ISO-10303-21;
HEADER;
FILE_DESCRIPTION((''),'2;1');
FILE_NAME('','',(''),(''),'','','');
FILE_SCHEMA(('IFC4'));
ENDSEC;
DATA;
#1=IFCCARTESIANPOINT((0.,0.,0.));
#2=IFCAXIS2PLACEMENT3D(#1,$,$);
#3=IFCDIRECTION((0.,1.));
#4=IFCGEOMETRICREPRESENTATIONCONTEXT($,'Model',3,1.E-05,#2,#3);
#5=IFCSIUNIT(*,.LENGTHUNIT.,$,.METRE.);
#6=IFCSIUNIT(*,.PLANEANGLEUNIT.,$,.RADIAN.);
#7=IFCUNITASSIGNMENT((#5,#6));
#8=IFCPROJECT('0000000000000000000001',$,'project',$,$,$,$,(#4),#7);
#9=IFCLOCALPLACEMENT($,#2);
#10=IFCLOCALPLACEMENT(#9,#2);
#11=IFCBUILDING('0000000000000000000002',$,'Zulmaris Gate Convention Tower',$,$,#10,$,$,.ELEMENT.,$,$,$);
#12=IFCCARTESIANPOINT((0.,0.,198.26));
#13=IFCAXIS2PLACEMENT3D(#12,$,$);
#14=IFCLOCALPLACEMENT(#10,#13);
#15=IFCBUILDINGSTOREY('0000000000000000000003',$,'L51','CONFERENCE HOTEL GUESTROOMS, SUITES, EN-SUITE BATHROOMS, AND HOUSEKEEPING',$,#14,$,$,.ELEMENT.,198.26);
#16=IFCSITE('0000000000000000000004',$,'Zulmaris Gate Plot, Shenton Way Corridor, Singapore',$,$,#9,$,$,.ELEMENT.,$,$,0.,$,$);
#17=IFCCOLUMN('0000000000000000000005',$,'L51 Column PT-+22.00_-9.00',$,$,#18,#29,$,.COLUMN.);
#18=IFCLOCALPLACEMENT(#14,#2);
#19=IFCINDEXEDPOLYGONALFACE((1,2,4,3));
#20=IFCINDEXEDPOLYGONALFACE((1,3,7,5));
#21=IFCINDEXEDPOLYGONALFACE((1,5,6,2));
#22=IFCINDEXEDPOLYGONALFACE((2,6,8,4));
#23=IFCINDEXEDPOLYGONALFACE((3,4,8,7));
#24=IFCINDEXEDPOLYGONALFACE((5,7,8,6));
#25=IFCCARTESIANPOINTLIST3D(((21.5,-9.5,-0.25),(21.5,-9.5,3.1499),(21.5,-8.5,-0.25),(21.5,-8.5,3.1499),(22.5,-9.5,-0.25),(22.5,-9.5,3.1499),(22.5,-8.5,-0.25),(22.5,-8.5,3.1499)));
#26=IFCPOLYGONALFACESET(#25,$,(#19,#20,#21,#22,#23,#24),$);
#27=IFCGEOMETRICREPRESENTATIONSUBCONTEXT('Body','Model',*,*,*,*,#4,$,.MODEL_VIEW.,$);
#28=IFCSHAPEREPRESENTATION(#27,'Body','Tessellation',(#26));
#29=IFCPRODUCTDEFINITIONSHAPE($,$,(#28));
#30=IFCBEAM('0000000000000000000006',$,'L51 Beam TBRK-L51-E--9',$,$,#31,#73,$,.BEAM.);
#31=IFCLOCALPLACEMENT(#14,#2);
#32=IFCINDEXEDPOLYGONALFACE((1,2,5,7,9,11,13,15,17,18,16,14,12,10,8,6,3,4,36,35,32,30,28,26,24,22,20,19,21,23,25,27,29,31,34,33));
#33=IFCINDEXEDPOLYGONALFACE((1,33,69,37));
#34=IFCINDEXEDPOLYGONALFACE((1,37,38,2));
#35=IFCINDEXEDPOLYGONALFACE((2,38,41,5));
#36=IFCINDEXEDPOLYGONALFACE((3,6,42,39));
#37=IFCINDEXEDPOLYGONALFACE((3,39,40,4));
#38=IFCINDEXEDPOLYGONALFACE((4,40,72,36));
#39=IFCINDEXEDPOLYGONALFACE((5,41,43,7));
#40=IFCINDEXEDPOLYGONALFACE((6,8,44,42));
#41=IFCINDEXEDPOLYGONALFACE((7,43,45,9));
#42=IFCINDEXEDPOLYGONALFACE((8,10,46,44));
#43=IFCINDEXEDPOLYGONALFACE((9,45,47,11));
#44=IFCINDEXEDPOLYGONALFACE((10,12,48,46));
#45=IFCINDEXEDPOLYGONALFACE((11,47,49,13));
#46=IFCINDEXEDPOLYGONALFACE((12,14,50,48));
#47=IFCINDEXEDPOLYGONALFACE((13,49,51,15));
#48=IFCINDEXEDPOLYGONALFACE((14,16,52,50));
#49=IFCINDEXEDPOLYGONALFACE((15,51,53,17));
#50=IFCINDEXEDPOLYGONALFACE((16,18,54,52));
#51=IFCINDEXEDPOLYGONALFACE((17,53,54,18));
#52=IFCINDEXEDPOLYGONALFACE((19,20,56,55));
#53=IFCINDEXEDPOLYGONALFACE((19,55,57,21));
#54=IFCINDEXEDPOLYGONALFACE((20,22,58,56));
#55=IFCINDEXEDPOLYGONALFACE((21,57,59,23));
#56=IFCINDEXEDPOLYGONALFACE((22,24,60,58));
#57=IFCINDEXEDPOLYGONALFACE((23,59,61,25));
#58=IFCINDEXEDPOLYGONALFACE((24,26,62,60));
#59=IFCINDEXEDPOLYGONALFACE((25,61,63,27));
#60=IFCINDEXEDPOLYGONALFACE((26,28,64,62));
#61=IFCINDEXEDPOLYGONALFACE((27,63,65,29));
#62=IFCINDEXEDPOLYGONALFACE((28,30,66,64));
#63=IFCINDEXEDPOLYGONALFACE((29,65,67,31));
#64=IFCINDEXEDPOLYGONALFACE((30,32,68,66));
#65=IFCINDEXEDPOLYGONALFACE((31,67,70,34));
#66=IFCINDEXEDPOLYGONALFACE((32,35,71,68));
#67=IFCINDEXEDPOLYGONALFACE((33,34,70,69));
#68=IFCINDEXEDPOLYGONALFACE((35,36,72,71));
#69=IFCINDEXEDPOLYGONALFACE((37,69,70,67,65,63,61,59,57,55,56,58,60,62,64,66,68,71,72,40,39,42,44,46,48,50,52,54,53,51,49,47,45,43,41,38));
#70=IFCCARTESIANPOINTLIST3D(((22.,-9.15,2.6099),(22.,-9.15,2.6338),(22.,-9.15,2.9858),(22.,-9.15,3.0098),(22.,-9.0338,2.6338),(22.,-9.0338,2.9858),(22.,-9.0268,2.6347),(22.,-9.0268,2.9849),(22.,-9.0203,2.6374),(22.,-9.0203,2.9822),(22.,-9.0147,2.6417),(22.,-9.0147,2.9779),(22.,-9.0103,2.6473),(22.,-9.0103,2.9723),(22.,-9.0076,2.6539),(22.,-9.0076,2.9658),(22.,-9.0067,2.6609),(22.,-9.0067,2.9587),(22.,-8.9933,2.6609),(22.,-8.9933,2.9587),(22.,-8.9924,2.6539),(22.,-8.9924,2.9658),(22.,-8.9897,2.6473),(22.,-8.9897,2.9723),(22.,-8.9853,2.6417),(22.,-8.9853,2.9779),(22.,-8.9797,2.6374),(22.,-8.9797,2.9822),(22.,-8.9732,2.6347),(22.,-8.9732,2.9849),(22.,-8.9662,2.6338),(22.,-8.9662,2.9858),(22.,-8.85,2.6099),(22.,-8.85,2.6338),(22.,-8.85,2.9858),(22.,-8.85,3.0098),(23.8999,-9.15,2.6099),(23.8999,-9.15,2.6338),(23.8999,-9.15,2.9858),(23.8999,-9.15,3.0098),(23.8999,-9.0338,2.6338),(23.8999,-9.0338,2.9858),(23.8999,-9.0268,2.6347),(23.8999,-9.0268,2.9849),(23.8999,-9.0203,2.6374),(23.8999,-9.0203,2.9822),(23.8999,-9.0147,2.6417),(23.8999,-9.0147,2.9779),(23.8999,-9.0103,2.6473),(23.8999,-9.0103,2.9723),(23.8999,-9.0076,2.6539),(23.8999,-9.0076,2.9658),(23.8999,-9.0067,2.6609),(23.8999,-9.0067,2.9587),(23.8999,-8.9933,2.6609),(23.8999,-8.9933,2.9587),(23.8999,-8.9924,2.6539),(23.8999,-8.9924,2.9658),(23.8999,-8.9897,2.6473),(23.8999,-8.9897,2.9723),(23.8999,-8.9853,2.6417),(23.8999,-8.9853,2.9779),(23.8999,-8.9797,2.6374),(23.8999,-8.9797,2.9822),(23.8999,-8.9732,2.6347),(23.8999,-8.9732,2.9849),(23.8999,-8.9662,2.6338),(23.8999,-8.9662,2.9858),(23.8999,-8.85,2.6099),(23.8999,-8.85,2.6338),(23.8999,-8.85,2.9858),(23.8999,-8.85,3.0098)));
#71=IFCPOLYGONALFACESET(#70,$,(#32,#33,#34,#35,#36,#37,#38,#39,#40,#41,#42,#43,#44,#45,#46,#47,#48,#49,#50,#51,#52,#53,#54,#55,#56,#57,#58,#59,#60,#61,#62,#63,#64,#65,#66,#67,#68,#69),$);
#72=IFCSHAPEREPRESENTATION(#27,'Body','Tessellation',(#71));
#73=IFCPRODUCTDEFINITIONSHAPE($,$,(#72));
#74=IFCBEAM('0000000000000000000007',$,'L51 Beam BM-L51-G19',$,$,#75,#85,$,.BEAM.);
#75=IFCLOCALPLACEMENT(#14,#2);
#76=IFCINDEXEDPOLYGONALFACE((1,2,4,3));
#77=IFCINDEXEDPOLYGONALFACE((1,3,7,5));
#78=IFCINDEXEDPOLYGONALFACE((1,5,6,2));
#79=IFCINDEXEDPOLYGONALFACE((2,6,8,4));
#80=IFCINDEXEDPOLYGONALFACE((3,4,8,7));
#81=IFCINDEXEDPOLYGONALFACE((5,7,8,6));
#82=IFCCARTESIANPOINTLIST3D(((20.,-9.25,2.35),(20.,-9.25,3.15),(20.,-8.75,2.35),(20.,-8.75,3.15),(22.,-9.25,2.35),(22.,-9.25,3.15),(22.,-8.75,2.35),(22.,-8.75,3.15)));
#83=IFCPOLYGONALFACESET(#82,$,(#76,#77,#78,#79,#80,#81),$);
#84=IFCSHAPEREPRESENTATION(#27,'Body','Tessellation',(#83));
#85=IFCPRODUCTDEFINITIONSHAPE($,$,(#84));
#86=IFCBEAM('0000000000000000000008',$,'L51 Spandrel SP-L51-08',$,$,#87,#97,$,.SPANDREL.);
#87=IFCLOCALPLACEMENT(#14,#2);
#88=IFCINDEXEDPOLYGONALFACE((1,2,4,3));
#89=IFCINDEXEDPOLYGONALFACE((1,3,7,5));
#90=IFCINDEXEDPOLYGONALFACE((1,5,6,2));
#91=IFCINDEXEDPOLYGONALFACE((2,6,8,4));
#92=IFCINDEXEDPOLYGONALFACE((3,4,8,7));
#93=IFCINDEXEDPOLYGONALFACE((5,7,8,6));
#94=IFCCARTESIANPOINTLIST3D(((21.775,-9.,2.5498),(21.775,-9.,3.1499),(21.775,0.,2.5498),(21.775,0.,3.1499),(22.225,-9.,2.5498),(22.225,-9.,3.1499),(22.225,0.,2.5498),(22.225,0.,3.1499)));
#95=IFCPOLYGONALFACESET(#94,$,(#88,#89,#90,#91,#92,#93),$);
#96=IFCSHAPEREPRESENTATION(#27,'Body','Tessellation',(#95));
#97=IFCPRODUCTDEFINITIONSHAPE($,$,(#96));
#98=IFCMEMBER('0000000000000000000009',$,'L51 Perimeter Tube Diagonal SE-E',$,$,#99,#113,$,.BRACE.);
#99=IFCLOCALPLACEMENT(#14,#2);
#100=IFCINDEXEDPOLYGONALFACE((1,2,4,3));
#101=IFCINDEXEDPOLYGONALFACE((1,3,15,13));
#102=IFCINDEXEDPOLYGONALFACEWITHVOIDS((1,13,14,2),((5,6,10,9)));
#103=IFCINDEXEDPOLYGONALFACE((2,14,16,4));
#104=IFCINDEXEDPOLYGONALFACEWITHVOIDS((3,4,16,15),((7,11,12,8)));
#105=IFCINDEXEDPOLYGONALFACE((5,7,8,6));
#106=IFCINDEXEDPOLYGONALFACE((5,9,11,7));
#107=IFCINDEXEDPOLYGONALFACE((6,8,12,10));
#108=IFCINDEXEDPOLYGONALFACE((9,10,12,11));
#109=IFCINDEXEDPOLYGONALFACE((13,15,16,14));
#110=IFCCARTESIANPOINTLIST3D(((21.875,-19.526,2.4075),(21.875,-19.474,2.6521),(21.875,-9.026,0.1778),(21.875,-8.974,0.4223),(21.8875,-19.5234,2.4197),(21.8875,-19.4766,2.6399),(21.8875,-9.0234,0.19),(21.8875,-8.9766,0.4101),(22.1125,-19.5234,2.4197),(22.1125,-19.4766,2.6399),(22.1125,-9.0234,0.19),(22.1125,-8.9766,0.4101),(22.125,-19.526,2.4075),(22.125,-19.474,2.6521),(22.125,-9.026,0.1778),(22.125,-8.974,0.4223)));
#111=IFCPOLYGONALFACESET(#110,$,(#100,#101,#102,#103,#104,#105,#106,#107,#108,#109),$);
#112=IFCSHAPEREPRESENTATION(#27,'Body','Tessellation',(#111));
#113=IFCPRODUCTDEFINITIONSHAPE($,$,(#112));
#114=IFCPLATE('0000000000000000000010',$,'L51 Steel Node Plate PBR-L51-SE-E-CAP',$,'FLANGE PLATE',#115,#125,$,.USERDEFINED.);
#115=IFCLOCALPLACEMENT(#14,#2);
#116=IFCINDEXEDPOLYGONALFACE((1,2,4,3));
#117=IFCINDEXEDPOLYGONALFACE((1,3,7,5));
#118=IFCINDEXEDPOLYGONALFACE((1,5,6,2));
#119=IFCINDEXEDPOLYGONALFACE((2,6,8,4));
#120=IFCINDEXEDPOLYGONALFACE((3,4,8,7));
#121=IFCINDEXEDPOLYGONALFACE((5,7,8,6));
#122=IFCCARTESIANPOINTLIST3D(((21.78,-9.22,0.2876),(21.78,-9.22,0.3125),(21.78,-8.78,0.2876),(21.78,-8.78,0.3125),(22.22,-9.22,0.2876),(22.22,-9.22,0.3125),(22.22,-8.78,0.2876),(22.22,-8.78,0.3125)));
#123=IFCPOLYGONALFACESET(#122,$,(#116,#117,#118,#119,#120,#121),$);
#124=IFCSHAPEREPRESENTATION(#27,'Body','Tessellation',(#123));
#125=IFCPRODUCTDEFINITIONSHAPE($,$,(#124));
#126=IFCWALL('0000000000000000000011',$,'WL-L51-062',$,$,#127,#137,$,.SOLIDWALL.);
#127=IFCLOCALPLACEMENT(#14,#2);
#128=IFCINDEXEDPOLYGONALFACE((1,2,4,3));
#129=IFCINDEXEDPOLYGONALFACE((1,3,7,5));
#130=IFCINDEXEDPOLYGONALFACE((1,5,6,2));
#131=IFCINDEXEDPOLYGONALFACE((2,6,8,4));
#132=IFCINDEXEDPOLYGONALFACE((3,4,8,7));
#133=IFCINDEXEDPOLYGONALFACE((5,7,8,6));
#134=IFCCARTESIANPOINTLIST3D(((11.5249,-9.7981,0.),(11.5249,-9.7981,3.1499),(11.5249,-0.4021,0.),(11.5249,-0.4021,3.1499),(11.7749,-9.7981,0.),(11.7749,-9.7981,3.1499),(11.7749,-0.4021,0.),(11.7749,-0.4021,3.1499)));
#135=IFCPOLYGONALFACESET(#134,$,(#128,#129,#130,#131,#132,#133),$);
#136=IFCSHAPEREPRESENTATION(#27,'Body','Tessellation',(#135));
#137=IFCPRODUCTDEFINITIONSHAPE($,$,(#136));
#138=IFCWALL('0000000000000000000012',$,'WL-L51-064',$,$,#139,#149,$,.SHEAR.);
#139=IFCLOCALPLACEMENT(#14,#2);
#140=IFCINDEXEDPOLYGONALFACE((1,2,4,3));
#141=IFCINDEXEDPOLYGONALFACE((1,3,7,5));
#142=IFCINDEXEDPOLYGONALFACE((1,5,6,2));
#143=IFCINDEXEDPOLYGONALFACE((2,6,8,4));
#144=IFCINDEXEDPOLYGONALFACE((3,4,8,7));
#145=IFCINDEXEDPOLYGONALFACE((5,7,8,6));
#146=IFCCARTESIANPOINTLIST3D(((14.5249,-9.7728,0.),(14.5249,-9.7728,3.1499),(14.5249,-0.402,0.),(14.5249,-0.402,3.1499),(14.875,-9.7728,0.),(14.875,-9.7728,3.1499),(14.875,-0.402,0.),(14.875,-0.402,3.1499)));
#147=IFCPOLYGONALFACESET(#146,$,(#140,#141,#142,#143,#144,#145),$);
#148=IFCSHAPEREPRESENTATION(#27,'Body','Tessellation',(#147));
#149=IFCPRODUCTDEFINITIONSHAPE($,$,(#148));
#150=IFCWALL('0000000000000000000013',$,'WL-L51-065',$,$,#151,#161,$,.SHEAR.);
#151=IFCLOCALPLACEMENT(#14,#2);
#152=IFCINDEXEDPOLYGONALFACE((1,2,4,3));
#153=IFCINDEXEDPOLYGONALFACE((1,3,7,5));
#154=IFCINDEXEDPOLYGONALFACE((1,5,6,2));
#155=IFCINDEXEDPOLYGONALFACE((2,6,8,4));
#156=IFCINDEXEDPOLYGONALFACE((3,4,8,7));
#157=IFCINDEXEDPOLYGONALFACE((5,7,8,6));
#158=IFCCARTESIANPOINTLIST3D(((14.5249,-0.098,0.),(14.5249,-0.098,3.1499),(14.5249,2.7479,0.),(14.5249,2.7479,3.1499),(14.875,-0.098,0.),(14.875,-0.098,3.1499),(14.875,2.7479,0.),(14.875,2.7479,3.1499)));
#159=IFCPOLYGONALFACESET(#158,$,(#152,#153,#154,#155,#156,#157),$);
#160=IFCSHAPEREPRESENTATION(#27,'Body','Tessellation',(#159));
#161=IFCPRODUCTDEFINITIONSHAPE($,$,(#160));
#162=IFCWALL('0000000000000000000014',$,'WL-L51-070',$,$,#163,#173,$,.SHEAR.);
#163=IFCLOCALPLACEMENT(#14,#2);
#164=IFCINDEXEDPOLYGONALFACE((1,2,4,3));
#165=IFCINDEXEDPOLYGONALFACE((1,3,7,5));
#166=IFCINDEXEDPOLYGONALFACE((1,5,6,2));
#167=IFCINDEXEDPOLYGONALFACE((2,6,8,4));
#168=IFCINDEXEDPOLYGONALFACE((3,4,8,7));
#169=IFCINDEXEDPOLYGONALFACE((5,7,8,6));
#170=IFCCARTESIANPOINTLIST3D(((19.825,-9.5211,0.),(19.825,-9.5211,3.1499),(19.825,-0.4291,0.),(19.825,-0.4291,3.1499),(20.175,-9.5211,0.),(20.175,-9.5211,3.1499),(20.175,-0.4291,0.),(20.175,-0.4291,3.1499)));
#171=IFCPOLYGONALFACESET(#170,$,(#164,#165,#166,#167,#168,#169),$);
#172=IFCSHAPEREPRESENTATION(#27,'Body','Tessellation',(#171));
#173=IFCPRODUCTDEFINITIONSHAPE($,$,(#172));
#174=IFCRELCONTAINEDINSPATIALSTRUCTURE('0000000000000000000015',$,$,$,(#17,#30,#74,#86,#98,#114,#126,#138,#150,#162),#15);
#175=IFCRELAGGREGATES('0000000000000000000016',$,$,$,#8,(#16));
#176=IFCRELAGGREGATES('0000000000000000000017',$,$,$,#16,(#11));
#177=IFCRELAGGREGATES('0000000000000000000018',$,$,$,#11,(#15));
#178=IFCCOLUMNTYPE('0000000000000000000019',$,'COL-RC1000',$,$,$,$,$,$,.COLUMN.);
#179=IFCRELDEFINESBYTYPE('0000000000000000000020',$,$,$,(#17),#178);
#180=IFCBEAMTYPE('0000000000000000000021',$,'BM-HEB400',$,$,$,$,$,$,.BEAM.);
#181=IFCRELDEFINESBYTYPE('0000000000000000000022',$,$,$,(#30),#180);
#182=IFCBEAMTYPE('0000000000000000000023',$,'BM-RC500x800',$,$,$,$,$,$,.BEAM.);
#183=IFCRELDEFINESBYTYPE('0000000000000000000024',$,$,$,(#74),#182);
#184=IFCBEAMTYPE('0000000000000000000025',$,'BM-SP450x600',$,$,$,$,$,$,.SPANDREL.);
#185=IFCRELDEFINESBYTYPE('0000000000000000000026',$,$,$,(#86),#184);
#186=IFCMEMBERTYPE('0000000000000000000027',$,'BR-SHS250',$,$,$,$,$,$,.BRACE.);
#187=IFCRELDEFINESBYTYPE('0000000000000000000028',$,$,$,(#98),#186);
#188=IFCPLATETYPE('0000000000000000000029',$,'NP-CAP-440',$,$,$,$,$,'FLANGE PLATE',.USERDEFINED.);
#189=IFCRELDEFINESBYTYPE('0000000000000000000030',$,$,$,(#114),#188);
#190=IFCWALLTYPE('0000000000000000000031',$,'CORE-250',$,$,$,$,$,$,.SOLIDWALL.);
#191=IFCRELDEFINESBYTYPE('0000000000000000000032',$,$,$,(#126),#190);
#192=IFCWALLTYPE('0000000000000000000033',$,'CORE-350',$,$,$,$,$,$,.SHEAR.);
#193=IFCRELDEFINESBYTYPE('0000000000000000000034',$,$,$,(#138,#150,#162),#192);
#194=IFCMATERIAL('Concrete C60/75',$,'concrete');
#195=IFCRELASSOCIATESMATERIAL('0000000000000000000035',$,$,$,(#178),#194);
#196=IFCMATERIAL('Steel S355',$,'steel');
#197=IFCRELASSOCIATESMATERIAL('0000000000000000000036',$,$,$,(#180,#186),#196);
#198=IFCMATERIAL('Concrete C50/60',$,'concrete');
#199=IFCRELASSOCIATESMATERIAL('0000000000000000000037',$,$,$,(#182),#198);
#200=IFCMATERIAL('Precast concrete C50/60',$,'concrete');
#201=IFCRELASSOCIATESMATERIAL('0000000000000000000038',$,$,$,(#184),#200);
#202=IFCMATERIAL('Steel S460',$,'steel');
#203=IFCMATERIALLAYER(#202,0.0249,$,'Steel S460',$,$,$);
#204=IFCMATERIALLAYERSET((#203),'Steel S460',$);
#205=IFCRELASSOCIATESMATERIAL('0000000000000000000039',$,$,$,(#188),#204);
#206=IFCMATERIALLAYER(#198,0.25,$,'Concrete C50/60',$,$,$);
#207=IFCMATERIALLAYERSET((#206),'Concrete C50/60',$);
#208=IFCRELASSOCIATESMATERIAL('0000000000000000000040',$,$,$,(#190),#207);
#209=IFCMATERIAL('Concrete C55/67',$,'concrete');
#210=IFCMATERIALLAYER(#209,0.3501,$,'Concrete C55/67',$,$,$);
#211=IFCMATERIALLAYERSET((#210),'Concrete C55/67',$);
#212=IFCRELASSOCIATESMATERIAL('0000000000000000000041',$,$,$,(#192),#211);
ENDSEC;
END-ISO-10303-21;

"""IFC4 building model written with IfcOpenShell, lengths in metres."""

from ifc_helpers import new_model, si_unit, direction, frame, frame_2d, origin, origin_2d, place, context, subcontext, project, spatial, rectangle, hollow_rectangle, i_section, extrude, material, layer, layer_set, material_profile, profile_set, type_object, element, save


model = new_model("IFC4")

# Units and contexts
model_context = context("Model", 3, precision=1e-05, world=origin(), true_north=direction((0.0, 1.0)))
body_context = subcontext(model_context, "Body", "Model", "MODEL_VIEW")
ifc_project = project(units=[si_unit("LENGTHUNIT", "METRE"), si_unit("PLANEANGLEUNIT", "RADIAN")], contexts=[model_context])

# Site, building, storey
site_placement = place(None, origin())
site = spatial("IfcSite", under=ifc_project, at=site_placement, Name="Zulmaris Gate Plot, Shenton Way Corridor, Singapore", CompositionType="ELEMENT", RefElevation=0.0)
building_placement = place(site_placement, origin())
building = spatial("IfcBuilding", under=site, at=building_placement, Name="Zulmaris Gate Convention Tower", CompositionType="ELEMENT")
storey_placement = place(building_placement, frame((0.0, 0.0, 198.26)))
storey = spatial("IfcBuildingStorey", under=building, at=storey_placement, Name="L51", Description="CONFERENCE HOTEL GUESTROOMS, SUITES, EN-SUITE BATHROOMS, AND HOUSEKEEPING", CompositionType="ELEMENT", Elevation=198.26)

# Column
ifc_material_1 = material(Name="Concrete C60/75", Category="concrete")
ifc_material_profile_1 = material_profile(ifc_material_1, rectangle(XDim=1.0, YDim=1.0, at=origin_2d()), Name="RC COL 1000x1000")
ifc_profile_set_1 = profile_set([ifc_material_profile_1], Name="Concrete C60/75")
column_type = type_object("IfcColumnType", Name="COL-RC1000", PredefinedType="COLUMN", material=ifc_profile_set_1)
column_placement = place(storey_placement, frame((22.0, -9.0, -0.25), z_axis=(0.0, 0.0, 1.0), x_axis=(1.0, 0.0, 0.0)))
element("IfcColumn", 1, at=column_placement, inside=storey, type_object=column_type, Name="L51 Column PT-+22.00_-9.00", PredefinedType="COLUMN", context=body_context, shape_type="SweptSolid", body=[
    extrude(rectangle(XDim=1.0, YDim=1.0, at=origin_2d()), origin(), (0.0, 0.0, 1.0), 3.3999),
])

# Beams
ifc_material_2 = material(Name="Steel S355", Category="steel")
ifc_material_profile_2 = material_profile(ifc_material_2, i_section(OverallWidth=0.3, OverallDepth=0.3999, WebThickness=0.0134, FlangeThickness=0.0239, FilletRadius=0.0271, at=origin_2d()), Name="HEB 400")
ifc_profile_set_2 = profile_set([ifc_material_profile_2], Name="Steel S355")
beam_type_1 = type_object("IfcBeamType", Name="BM-HEB400", PredefinedType="BEAM", material=ifc_profile_set_2)
beam_1_placement = place(storey_placement, frame((22.0, -9.0, 2.8098), z_axis=(1.0, 0.0, 0.0), x_axis=(0.0, 1.0, 0.0)))
element("IfcBeam", 2, at=beam_1_placement, inside=storey, type_object=beam_type_1, Name="L51 Beam TBRK-L51-E--9", PredefinedType="BEAM", context=body_context, shape_type="SweptSolid", body=[
    extrude(i_section(OverallWidth=0.3, OverallDepth=0.3999, WebThickness=0.0134, FlangeThickness=0.0239, FilletRadius=0.0271, at=origin_2d()), origin(), (0.0, 0.0, 1.0), 1.8999),
])
ifc_material_3 = material(Name="Concrete C50/60", Category="concrete")
ifc_material_profile_3 = material_profile(ifc_material_3, rectangle(XDim=0.5, YDim=0.8, at=origin_2d()), Name="RC BEAM 500x800")
ifc_profile_set_3 = profile_set([ifc_material_profile_3], Name="Concrete C50/60")
beam_type_2 = type_object("IfcBeamType", Name="BM-RC500x800", PredefinedType="BEAM", material=ifc_profile_set_3)
beam_2_placement = place(storey_placement, frame((20.0, -9.0, 2.75), z_axis=(1.0, 0.0, 0.0), x_axis=(0.0, 1.0, 0.0)))
element("IfcBeam", 3, at=beam_2_placement, inside=storey, type_object=beam_type_2, Name="L51 Beam BM-L51-G19", PredefinedType="BEAM", context=body_context, shape_type="SweptSolid", body=[
    extrude(rectangle(XDim=0.5, YDim=0.8, at=origin_2d()), origin(), (0.0, 0.0, 1.0), 2.0),
])
ifc_material_4 = material(Name="Precast concrete C50/60", Category="concrete")
ifc_material_profile_4 = material_profile(ifc_material_4, rectangle(XDim=0.45, YDim=0.6001, at=origin_2d()), Name="RC SPANDREL 450x600")
ifc_profile_set_4 = profile_set([ifc_material_profile_4], Name="Precast concrete C50/60")
beam_type_3 = type_object("IfcBeamType", Name="BM-SP450x600", PredefinedType="SPANDREL", material=ifc_profile_set_4)
beam_3_placement = place(storey_placement, frame((22.0, -9.0, 2.8499), z_axis=(0.0, 1.0, 0.0), x_axis=(-1.0, 0.0, 0.0)))
element("IfcBeam", 4, at=beam_3_placement, inside=storey, type_object=beam_type_3, Name="L51 Spandrel SP-L51-08", PredefinedType="SPANDREL", context=body_context, shape_type="SweptSolid", body=[
    extrude(rectangle(XDim=0.45, YDim=0.6001, at=origin_2d()), origin(), (0.0, 0.0, 1.0), 9.0),
])

# Member
ifc_material_profile_5 = material_profile(ifc_material_2, hollow_rectangle(XDim=0.25, YDim=0.25, WallThickness=0.0125, at=origin_2d()), Name="SHS 250x250x12.5")
ifc_profile_set_5 = profile_set([ifc_material_profile_5], Name="Steel S355")
member_type = type_object("IfcMemberType", Name="BR-SHS250", PredefinedType="BRACE", material=ifc_profile_set_5)
member_placement = place(storey_placement, frame((22.0, -9.0, 0.3), z_axis=(0.0, -0.978188, 0.207724), x_axis=(1.0, 0.0, 0.0)))
element("IfcMember", 5, at=member_placement, inside=storey, type_object=member_type, Name="L51 Perimeter Tube Diagonal SE-E", PredefinedType="BRACE", context=body_context, shape_type="SweptSolid", body=[
    extrude(hollow_rectangle(XDim=0.25, YDim=0.25, WallThickness=0.0125, at=origin_2d()), origin(), (0.0, 0.0, 1.0), 10.7341),
])

# Plate
ifc_material_5 = material(Name="Steel S460", Category="steel")
ifc_layer_1 = layer(ifc_material_5, 0.0249, Name="Steel S460")
ifc_layer_set_1 = layer_set([ifc_layer_1], Name="Steel S460")
plate_type = type_object("IfcPlateType", Name="NP-CAP-440", ElementType="FLANGE PLATE", PredefinedType="USERDEFINED", material=ifc_layer_set_1)
plate_placement = place(storey_placement, frame((22.0, -9.0, 0.2876), z_axis=(0.0, 0.0, 1.0), x_axis=(1.0, 0.0, 0.0)))
element("IfcPlate", 6, at=plate_placement, inside=storey, type_object=plate_type, Name="L51 Steel Node Plate PBR-L51-SE-E-CAP", ObjectType="FLANGE PLATE", PredefinedType="USERDEFINED", context=body_context, shape_type="SweptSolid", body=[
    extrude(rectangle(XDim=0.4399, YDim=0.4399, at=origin_2d()), origin(), (0.0, 0.0, 1.0), 0.0249),
])

# Walls
ifc_layer_2 = layer(ifc_material_3, 0.25, Name="Concrete C50/60")
ifc_layer_set_2 = layer_set([ifc_layer_2], Name="Concrete C50/60")
wall_type_1 = type_object("IfcWallType", Name="CORE-250", PredefinedType="SOLIDWALL", material=ifc_layer_set_2)
wall_1_placement = place(storey_placement, frame((11.6499, -9.7981, 0.0), z_axis=(0.0, 0.0, 1.0), x_axis=(0.0, 1.0, 0.0)))
element("IfcWall", 7, at=wall_1_placement, inside=storey, type_object=wall_type_1, Name="WL-L51-062", PredefinedType="SOLIDWALL", context=body_context, shape_type="SweptSolid", body=[
    extrude(rectangle(XDim=9.396, YDim=0.25, at=frame_2d((4.698, 0.0))), origin(), (0.0, 0.0, 1.0), 3.1499),
])
ifc_material_6 = material(Name="Concrete C55/67", Category="concrete")
ifc_layer_3 = layer(ifc_material_6, 0.3501, Name="Concrete C55/67")
ifc_layer_set_3 = layer_set([ifc_layer_3], Name="Concrete C55/67")
wall_type_2 = type_object("IfcWallType", Name="CORE-350", PredefinedType="SHEAR", material=ifc_layer_set_3)
wall_2_placement = place(storey_placement, frame((14.7, -9.7729, 0.0), z_axis=(0.0, 0.0, 1.0), x_axis=(0.0, 1.0, 0.0)))
element("IfcWall", 8, at=wall_2_placement, inside=storey, type_object=wall_type_2, Name="WL-L51-064", PredefinedType="SHEAR", context=body_context, shape_type="SweptSolid", body=[
    extrude(rectangle(XDim=9.3708, YDim=0.3501, at=frame_2d((4.6855, 0.0))), origin(), (0.0, 0.0, 1.0), 3.1499),
])
wall_3_placement = place(storey_placement, frame((14.7, -0.0979, 0.0), z_axis=(0.0, 0.0, 1.0), x_axis=(0.0, 1.0, 0.0)))
element("IfcWall", 9, at=wall_3_placement, inside=storey, type_object=wall_type_2, Name="WL-L51-065", PredefinedType="SHEAR", context=body_context, shape_type="SweptSolid", body=[
    extrude(rectangle(XDim=2.8459, YDim=0.3501, at=frame_2d((1.4229, 0.0))), origin(), (0.0, 0.0, 1.0), 3.1499),
])
wall_4_placement = place(storey_placement, frame((20.0, -9.521, 0.0), z_axis=(0.0, 0.0, 1.0), x_axis=(0.0, 1.0, 0.0)))
element("IfcWall", 10, at=wall_4_placement, inside=storey, type_object=wall_type_2, Name="WL-L51-070", PredefinedType="SHEAR", context=body_context, shape_type="SweptSolid", body=[
    extrude(rectangle(XDim=9.092, YDim=0.3501, at=frame_2d((4.5459, 0.0))), origin(), (0.0, 0.0, 1.0), 3.1499),
])

save(model, "model.ifc")
